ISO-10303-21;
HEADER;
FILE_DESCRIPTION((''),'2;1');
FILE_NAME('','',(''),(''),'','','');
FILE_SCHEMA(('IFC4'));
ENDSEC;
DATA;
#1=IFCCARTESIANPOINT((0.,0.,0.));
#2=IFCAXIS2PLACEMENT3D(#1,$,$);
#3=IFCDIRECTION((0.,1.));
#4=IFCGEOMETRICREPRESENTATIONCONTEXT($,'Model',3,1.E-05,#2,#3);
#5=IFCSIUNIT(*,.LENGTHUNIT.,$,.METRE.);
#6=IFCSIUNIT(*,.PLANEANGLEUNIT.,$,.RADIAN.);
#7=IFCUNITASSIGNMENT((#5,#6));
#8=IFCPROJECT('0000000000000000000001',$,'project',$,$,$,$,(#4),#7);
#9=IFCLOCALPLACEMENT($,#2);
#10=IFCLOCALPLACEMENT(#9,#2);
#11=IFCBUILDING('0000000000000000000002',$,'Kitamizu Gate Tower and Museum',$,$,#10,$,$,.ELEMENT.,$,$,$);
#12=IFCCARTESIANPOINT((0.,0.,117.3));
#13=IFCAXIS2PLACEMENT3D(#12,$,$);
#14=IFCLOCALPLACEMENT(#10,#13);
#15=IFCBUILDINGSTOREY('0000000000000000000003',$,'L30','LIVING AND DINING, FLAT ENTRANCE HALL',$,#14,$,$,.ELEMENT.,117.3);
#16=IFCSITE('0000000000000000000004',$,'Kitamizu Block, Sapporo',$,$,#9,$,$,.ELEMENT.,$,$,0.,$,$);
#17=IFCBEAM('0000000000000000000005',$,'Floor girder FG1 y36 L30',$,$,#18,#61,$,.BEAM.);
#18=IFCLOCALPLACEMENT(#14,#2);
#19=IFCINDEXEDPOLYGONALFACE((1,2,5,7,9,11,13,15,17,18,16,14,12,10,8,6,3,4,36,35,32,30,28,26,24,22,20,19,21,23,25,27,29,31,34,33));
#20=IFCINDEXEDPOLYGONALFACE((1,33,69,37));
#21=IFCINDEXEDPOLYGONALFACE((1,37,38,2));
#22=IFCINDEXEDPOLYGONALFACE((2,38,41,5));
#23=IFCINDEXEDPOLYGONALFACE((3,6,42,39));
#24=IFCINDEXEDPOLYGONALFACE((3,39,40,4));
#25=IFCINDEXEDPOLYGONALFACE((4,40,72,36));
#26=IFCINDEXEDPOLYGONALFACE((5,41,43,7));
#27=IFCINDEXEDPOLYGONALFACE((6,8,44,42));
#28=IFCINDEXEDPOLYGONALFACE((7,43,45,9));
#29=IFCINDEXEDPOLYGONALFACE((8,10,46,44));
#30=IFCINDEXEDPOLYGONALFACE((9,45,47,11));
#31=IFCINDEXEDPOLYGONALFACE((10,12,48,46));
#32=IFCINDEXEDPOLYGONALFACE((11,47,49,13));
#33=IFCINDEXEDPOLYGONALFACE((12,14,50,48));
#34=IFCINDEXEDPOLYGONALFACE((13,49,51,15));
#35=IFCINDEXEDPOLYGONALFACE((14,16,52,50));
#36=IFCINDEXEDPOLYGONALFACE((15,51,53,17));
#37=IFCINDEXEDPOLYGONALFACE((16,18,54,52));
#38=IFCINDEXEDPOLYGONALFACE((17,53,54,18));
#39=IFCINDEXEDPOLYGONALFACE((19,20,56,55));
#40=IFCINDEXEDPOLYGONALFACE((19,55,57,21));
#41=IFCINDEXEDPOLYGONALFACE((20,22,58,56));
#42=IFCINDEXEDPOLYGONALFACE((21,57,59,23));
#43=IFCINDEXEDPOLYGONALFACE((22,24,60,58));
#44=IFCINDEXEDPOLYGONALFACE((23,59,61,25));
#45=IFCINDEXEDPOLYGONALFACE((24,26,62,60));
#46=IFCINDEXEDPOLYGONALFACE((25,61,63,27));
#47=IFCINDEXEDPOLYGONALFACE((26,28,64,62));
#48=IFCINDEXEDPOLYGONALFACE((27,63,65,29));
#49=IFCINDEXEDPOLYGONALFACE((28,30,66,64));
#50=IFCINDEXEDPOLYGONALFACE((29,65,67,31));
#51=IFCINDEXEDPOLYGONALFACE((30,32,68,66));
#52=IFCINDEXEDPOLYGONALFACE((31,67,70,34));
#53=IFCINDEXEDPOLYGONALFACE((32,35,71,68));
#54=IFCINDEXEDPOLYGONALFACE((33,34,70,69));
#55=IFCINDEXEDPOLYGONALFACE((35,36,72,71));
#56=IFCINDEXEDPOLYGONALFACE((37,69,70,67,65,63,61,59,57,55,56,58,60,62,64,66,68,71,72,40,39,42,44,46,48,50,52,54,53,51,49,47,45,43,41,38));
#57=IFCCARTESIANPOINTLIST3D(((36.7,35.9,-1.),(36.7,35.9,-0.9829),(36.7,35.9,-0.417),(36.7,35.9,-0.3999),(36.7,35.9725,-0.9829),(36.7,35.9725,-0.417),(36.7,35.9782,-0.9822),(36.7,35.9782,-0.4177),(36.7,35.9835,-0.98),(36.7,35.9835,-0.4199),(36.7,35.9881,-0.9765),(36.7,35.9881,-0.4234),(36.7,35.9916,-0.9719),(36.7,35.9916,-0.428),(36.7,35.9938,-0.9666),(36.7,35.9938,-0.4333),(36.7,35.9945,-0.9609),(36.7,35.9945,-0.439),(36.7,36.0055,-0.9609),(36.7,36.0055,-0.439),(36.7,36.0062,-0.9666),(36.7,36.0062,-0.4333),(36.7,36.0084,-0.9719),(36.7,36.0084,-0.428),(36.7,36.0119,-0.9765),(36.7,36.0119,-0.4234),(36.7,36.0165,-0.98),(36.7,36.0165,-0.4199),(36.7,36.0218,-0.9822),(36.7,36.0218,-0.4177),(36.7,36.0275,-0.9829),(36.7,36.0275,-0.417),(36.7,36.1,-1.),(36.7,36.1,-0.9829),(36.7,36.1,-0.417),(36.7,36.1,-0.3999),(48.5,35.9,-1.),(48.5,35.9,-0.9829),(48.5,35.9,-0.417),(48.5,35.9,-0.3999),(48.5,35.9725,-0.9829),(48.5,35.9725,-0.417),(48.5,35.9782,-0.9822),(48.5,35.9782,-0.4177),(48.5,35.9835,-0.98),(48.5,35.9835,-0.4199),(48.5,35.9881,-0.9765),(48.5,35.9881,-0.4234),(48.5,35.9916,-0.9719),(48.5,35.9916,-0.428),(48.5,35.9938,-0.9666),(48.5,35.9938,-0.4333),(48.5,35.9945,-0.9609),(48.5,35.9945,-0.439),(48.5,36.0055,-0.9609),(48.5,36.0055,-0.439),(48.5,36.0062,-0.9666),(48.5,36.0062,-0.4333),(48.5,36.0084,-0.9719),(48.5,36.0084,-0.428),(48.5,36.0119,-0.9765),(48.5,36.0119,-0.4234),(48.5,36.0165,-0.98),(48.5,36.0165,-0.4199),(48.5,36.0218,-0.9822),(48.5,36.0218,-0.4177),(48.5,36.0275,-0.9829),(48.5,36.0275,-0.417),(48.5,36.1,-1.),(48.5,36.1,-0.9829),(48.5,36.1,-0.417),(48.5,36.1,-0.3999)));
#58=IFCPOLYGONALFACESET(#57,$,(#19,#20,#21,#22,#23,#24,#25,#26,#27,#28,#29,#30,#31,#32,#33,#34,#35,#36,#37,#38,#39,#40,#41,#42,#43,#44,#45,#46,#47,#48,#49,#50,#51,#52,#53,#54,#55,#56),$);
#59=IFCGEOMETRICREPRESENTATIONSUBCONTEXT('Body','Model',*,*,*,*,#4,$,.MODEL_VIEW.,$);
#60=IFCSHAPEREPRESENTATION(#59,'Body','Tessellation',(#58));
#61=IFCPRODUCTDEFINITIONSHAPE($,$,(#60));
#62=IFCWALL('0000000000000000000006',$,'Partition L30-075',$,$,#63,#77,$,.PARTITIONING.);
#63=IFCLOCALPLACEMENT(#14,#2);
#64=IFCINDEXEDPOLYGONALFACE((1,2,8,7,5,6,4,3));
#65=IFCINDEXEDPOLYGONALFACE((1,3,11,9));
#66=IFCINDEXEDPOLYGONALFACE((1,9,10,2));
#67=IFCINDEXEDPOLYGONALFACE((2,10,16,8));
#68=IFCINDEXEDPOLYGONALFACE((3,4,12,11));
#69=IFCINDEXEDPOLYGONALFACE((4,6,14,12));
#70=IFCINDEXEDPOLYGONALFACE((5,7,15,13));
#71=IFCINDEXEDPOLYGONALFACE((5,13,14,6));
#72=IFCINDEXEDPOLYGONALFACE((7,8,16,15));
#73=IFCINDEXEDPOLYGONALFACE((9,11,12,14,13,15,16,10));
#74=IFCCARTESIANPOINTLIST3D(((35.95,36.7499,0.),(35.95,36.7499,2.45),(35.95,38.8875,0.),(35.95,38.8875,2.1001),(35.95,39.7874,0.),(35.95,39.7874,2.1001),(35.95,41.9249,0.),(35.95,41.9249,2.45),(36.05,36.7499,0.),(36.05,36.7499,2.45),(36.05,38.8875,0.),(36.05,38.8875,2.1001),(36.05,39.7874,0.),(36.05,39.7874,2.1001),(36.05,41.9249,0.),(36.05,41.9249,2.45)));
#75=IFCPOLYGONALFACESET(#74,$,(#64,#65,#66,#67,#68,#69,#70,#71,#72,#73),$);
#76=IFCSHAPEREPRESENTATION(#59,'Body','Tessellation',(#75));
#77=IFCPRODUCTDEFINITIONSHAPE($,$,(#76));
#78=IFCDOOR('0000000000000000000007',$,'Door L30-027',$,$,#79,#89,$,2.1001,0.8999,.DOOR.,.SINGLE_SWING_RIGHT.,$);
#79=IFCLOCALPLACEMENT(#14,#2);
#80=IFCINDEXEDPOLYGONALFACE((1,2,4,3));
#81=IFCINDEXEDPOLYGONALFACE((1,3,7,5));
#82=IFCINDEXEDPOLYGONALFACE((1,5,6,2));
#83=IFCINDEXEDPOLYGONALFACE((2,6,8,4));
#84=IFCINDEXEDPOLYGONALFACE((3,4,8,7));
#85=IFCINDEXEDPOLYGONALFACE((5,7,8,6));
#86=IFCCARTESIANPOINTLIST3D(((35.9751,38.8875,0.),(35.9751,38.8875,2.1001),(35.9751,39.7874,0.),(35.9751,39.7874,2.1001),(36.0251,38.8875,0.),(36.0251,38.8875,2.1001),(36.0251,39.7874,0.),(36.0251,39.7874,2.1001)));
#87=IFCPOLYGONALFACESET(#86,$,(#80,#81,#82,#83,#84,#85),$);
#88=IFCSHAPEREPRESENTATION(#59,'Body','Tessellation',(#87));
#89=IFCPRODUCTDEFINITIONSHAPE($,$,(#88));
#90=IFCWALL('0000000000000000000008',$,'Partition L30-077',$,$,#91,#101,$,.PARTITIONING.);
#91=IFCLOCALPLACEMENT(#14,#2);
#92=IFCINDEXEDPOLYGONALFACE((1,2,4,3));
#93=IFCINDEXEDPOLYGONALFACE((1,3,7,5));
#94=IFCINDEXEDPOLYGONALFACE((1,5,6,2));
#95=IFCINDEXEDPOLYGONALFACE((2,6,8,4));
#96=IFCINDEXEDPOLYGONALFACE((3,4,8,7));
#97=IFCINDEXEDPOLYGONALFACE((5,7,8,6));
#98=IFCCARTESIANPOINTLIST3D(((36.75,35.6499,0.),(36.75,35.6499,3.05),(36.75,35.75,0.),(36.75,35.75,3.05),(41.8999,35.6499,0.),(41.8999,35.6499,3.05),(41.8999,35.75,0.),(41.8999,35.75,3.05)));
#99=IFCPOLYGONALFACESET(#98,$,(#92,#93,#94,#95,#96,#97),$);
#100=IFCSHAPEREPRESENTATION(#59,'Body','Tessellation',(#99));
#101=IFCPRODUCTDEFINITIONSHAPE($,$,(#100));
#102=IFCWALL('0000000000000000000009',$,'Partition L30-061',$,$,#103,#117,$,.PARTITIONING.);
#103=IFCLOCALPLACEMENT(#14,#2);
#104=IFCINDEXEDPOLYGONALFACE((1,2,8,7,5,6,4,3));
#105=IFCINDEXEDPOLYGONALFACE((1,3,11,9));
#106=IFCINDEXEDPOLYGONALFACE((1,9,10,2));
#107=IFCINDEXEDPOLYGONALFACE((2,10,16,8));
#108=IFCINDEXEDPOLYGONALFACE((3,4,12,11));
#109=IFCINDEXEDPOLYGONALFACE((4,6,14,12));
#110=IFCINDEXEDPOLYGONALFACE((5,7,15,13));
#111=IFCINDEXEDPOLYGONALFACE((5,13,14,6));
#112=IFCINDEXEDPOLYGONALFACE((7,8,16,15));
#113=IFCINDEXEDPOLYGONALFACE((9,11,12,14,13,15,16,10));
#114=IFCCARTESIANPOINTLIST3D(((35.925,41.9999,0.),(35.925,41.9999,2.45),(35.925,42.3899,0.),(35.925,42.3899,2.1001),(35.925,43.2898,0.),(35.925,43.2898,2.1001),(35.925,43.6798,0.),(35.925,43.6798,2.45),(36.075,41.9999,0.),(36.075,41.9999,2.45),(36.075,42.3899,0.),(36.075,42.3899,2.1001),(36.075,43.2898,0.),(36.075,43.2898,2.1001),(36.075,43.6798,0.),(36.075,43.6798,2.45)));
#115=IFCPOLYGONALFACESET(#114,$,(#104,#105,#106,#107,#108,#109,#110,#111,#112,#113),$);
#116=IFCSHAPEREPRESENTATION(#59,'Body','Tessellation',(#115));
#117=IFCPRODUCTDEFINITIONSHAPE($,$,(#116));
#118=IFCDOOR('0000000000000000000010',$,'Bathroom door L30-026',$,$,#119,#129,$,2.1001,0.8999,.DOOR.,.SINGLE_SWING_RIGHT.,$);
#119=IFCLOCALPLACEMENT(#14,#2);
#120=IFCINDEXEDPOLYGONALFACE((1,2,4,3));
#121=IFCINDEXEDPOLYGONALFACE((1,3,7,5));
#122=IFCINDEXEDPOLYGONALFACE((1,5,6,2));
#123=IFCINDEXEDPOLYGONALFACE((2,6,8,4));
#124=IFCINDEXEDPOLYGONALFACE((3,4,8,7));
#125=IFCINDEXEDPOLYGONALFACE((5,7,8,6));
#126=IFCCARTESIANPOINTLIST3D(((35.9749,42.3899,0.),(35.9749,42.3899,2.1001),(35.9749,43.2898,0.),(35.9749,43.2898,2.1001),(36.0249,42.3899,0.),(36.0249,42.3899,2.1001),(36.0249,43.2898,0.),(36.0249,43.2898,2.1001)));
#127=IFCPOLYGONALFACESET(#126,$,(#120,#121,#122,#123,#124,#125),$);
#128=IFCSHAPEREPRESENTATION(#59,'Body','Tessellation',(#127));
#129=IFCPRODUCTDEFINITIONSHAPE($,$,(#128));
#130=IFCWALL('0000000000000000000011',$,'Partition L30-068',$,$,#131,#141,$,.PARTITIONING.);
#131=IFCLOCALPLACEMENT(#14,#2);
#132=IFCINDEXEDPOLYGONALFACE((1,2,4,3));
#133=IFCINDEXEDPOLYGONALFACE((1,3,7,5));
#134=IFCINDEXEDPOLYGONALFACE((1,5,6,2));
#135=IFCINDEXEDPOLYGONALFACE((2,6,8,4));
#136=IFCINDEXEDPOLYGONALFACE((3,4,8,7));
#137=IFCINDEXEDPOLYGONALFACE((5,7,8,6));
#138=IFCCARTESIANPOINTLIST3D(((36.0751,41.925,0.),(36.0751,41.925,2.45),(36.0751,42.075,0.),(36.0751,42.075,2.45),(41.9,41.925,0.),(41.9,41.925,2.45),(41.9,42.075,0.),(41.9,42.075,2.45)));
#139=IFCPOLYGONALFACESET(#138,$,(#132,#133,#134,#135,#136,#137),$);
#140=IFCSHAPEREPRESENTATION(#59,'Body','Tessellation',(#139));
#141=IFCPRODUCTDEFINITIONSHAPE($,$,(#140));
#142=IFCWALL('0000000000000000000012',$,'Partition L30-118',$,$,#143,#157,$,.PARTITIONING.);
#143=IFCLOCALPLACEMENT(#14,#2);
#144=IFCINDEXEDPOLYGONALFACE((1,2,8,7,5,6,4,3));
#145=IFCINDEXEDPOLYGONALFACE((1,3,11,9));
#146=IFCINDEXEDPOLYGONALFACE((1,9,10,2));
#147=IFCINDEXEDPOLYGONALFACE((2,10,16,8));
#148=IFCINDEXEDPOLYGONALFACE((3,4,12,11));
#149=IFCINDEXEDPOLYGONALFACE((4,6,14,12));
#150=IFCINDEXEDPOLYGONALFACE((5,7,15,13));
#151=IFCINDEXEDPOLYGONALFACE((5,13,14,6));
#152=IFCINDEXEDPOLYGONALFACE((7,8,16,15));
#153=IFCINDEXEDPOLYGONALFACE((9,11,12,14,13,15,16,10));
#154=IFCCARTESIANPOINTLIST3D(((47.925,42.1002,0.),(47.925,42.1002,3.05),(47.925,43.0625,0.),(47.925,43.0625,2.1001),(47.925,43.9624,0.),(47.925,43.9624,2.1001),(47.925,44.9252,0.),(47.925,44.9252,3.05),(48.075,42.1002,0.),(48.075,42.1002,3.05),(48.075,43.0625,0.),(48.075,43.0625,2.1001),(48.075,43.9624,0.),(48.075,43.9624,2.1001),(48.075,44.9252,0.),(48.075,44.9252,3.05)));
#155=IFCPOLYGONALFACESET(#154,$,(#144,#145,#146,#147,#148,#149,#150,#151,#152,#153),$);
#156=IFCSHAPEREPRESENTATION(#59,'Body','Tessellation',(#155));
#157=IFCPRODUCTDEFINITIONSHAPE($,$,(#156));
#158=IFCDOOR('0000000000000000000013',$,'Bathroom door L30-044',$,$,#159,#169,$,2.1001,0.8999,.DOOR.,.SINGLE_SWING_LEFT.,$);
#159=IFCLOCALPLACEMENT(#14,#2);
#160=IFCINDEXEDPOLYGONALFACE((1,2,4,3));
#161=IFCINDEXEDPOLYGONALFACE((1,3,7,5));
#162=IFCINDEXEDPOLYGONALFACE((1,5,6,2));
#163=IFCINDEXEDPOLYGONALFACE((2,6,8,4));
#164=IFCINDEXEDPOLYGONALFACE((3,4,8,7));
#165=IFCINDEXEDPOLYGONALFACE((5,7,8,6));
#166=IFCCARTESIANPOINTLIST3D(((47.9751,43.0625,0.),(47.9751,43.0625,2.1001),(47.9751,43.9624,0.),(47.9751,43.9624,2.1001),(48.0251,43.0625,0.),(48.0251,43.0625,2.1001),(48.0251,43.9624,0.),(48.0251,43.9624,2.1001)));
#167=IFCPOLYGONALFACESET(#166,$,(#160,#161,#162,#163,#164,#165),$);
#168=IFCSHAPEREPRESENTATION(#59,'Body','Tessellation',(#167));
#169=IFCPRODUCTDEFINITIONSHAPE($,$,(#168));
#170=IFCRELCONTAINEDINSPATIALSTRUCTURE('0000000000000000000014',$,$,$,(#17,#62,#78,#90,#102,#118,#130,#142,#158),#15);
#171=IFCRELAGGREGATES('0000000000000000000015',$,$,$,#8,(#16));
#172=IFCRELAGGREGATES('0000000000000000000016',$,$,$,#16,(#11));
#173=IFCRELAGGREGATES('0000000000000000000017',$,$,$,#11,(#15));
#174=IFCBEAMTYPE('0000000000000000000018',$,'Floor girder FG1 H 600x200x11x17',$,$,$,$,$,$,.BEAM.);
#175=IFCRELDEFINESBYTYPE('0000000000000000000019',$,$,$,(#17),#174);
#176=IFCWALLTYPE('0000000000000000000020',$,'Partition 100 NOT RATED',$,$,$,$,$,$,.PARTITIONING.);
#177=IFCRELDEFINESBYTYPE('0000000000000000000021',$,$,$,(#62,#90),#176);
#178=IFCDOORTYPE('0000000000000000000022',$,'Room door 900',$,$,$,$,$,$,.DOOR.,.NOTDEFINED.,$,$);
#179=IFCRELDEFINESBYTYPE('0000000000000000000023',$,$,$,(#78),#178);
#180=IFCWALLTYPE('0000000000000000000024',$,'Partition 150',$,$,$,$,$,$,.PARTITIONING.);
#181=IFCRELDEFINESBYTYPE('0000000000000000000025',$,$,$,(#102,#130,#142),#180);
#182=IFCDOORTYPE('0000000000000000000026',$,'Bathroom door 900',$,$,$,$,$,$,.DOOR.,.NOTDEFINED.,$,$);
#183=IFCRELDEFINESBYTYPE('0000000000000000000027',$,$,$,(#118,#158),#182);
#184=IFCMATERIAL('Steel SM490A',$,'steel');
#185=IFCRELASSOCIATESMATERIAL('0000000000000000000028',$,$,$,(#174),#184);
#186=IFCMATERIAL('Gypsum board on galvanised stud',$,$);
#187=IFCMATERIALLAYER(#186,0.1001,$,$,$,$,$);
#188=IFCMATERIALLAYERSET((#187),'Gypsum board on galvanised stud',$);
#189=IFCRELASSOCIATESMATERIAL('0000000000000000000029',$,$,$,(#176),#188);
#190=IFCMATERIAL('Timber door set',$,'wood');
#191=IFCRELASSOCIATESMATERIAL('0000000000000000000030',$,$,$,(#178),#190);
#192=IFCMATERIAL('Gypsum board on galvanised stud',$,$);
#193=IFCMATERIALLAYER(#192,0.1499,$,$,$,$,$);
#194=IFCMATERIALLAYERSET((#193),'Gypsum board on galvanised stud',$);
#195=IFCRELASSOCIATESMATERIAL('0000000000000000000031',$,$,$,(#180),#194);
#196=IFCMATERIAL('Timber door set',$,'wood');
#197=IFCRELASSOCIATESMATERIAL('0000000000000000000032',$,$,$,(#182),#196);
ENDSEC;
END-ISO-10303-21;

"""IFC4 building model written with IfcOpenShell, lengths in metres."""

from ifc_helpers import new_model, si_unit, direction, frame, frame_2d, origin, origin_2d, place, context, subcontext, project, spatial, rectangle, i_section, extrude, material, layer, layer_set, material_profile, profile_set, type_object, element, fill, save


model = new_model("IFC4")

# Units and contexts
model_context = context("Model", 3, precision=1e-05, world=origin(), true_north=direction((0.0, 1.0)))
body_context = subcontext(model_context, "Body", "Model", "MODEL_VIEW")
ifc_project = project(units=[si_unit("LENGTHUNIT", "METRE"), si_unit("PLANEANGLEUNIT", "RADIAN")], contexts=[model_context])

# Site, building, storey
site_placement = place(None, origin())
site = spatial("IfcSite", under=ifc_project, at=site_placement, Name="Kitamizu Block, Sapporo", CompositionType="ELEMENT", RefElevation=0.0)
building_placement = place(site_placement, origin())
building = spatial("IfcBuilding", under=site, at=building_placement, Name="Kitamizu Gate Tower and Museum", CompositionType="ELEMENT")
storey_placement = place(building_placement, frame((0.0, 0.0, 117.3)))
storey = spatial("IfcBuildingStorey", under=building, at=storey_placement, Name="L30", Description="LIVING AND DINING, FLAT ENTRANCE HALL", CompositionType="ELEMENT", Elevation=117.3)

# Beam
ifc_material_1 = material(Name="Steel SM490A", Category="steel")
ifc_material_profile = material_profile(ifc_material_1, i_section(OverallWidth=0.2, OverallDepth=0.6001, WebThickness=0.011, FlangeThickness=0.0171, FilletRadius=0.022, at=origin_2d()), Name="H-600x200x11x17")
ifc_profile_set = profile_set([ifc_material_profile], Name="Steel SM490A")
beam_type = type_object("IfcBeamType", Name="Floor girder FG1 H 600x200x11x17", PredefinedType="BEAM", material=ifc_profile_set)
beam_placement = place(storey_placement, frame((36.7, 36.0, -0.7), z_axis=(1.0, 0.0, 0.0), x_axis=(0.0, 1.0, 0.0)))
element("IfcBeam", 1, at=beam_placement, inside=storey, type_object=beam_type, Name="Floor girder FG1 y36 L30", PredefinedType="BEAM", context=body_context, shape_type="SweptSolid", body=[
    extrude(i_section(OverallWidth=0.2, OverallDepth=0.6001, WebThickness=0.011, FlangeThickness=0.0171, FilletRadius=0.022, at=origin_2d()), origin(), (0.0, 0.0, 1.0), 11.8),
])

# Wall, opening, door
ifc_material_2 = material(Name="Gypsum board on galvanised stud")
ifc_layer_1 = layer(ifc_material_2, 0.1001)
ifc_layer_set_1 = layer_set([ifc_layer_1], Name="Gypsum board on galvanised stud")
wall_type_1 = type_object("IfcWallType", Name="Partition 100 NOT RATED", PredefinedType="PARTITIONING", material=ifc_layer_set_1)
wall_1_placement = place(storey_placement, frame((36.0, 36.75, 0.0), z_axis=(0.0, 0.0, 1.0), x_axis=(0.0, 1.0, 0.0)))
wall_1 = element("IfcWall", 2, at=wall_1_placement, inside=storey, type_object=wall_type_1, Name="Partition L30-075", PredefinedType="PARTITIONING", context=body_context, shape_type="SweptSolid", body=[
    extrude(rectangle(XDim=5.175, YDim=0.1001, at=frame_2d((2.5874, 0.0))), origin(), (0.0, 0.0, 1.0), 2.45),
])
opening_1_placement = place(wall_1_placement, frame((2.1375, 0.0, 0.0)))
opening_1 = element("IfcOpeningElement", 3, at=opening_1_placement, cuts=wall_1, PredefinedType="OPENING", context=body_context, shape_type="SweptSolid", body=[
    extrude(rectangle(XDim=0.8999, YDim=2.1001, at=frame_2d((0.45, 1.05))), frame((0.0, 0.0601, 0.0), z_axis=(0.0, -1.0, 0.0), x_axis=(1.0, 0.0, 0.0)), (0.0, 0.0, 1.0), 0.1201),
])
ifc_material_3 = material(Name="Timber door set", Category="wood")
door_type_1 = type_object("IfcDoorType", Name="Room door 900", OperationType="NOTDEFINED", PredefinedType="DOOR", material=ifc_material_3)
door_1_placement = place(opening_1_placement, origin())
door_1 = element("IfcDoor", 4, at=door_1_placement, inside=storey, type_object=door_type_1, Name="Door L30-027", OperationType="SINGLE_SWING_RIGHT", OverallHeight=2.1001, OverallWidth=0.8999, PredefinedType="DOOR", context=body_context, shape_type="SweptSolid", body=[
    extrude(rectangle(XDim=0.8999, YDim=2.1001, at=frame_2d((0.45, 1.05))), frame((0.0, 0.0249, 0.0), z_axis=(0.0, -1.0, 0.0), x_axis=(1.0, 0.0, 0.0)), (0.0, 0.0, 1.0), 0.05),
])
fill(opening_1, door_1)

# Wall
wall_2_placement = place(storey_placement, frame((36.75, 35.7, 0.0), z_axis=(0.0, 0.0, 1.0), x_axis=(1.0, 0.0, 0.0)))
element("IfcWall", 5, at=wall_2_placement, inside=storey, type_object=wall_type_1, Name="Partition L30-077", PredefinedType="PARTITIONING", context=body_context, shape_type="SweptSolid", body=[
    extrude(rectangle(XDim=5.1499, YDim=0.1001, at=frame_2d((2.575, 0.0))), origin(), (0.0, 0.0, 1.0), 3.05),
])

# Wall, opening, door
ifc_material_4 = material(Name="Gypsum board on galvanised stud")
ifc_layer_2 = layer(ifc_material_4, 0.1499)
ifc_layer_set_2 = layer_set([ifc_layer_2], Name="Gypsum board on galvanised stud")
wall_type_2 = type_object("IfcWallType", Name="Partition 150", PredefinedType="PARTITIONING", material=ifc_layer_set_2)
wall_3_placement = place(storey_placement, frame((36.0, 42.0, 0.0), z_axis=(0.0, 0.0, 1.0), x_axis=(0.0, 1.0, 0.0)))
wall_3 = element("IfcWall", 6, at=wall_3_placement, inside=storey, type_object=wall_type_2, Name="Partition L30-061", PredefinedType="PARTITIONING", context=body_context, shape_type="SweptSolid", body=[
    extrude(rectangle(XDim=1.6799, YDim=0.1499, at=frame_2d((0.8398, 0.0))), origin(), (0.0, 0.0, 1.0), 2.45),
])
opening_2_placement = place(wall_3_placement, frame((0.3899, 0.0, 0.0)))
opening_2 = element("IfcOpeningElement", 7, at=opening_2_placement, cuts=wall_3, PredefinedType="OPENING", context=body_context, shape_type="SweptSolid", body=[
    extrude(rectangle(XDim=0.8999, YDim=2.1001, at=frame_2d((0.45, 1.05))), frame((0.0, 0.085, 0.0), z_axis=(0.0, -1.0, 0.0), x_axis=(1.0, 0.0, 0.0)), (0.0, 0.0, 1.0), 0.1699),
])
ifc_material_5 = material(Name="Timber door set", Category="wood")
door_type_2 = type_object("IfcDoorType", Name="Bathroom door 900", OperationType="NOTDEFINED", PredefinedType="DOOR", material=ifc_material_5)
door_2_placement = place(opening_2_placement, frame((0.8999, 0.0, 0.0), x_axis=(-1.0, 0.0, 0.0)))
door_2 = element("IfcDoor", 8, at=door_2_placement, inside=storey, type_object=door_type_2, Name="Bathroom door L30-026", OperationType="SINGLE_SWING_RIGHT", OverallHeight=2.1001, OverallWidth=0.8999, PredefinedType="DOOR", context=body_context, shape_type="SweptSolid", body=[
    extrude(rectangle(XDim=0.8999, YDim=2.1001, at=frame_2d((0.45, 1.05))), frame((0.0, 0.0249, 0.0), z_axis=(0.0, -1.0, 0.0), x_axis=(1.0, 0.0, 0.0)), (0.0, 0.0, 1.0), 0.05),
])
fill(opening_2, door_2)

# Wall
wall_4_placement = place(storey_placement, frame((36.075, 42.0, 0.0), z_axis=(0.0, 0.0, 1.0), x_axis=(1.0, 0.0, 0.0)))
element("IfcWall", 9, at=wall_4_placement, inside=storey, type_object=wall_type_2, Name="Partition L30-068", PredefinedType="PARTITIONING", context=body_context, shape_type="SweptSolid", body=[
    extrude(rectangle(XDim=5.825, YDim=0.1499, at=frame_2d((2.9126, 0.0))), origin(), (0.0, 0.0, 1.0), 2.45),
])

# Wall, opening, door
wall_5_placement = place(storey_placement, frame((48.0, 42.1001, 0.0), z_axis=(0.0, 0.0, 1.0), x_axis=(0.0, 1.0, 0.0)))
wall_5 = element("IfcWall", 10, at=wall_5_placement, inside=storey, type_object=wall_type_2, Name="Partition L30-118", PredefinedType="PARTITIONING", context=body_context, shape_type="SweptSolid", body=[
    extrude(rectangle(XDim=2.825, YDim=0.1499, at=frame_2d((1.4126, 0.0))), origin(), (0.0, 0.0, 1.0), 3.05),
])
opening_3_placement = place(wall_5_placement, frame((0.9624, 0.0, 0.0)))
opening_3 = element("IfcOpeningElement", 11, at=opening_3_placement, cuts=wall_5, PredefinedType="OPENING", context=body_context, shape_type="SweptSolid", body=[
    extrude(rectangle(XDim=0.8999, YDim=2.1001, at=frame_2d((0.45, 1.05))), frame((0.0, 0.085, 0.0), z_axis=(0.0, -1.0, 0.0), x_axis=(1.0, 0.0, 0.0)), (0.0, 0.0, 1.0), 0.1699),
])
door_3_placement = place(opening_3_placement, origin())
door_3 = element("IfcDoor", 12, at=door_3_placement, inside=storey, type_object=door_type_2, Name="Bathroom door L30-044", OperationType="SINGLE_SWING_LEFT", OverallHeight=2.1001, OverallWidth=0.8999, PredefinedType="DOOR", context=body_context, shape_type="SweptSolid", body=[
    extrude(rectangle(XDim=0.8999, YDim=2.1001, at=frame_2d((0.45, 1.05))), frame((0.0, 0.0249, 0.0), z_axis=(0.0, -1.0, 0.0), x_axis=(1.0, 0.0, 0.0)), (0.0, 0.0, 1.0), 0.05),
])
fill(opening_3, door_3)

save(model, "model.ifc")
